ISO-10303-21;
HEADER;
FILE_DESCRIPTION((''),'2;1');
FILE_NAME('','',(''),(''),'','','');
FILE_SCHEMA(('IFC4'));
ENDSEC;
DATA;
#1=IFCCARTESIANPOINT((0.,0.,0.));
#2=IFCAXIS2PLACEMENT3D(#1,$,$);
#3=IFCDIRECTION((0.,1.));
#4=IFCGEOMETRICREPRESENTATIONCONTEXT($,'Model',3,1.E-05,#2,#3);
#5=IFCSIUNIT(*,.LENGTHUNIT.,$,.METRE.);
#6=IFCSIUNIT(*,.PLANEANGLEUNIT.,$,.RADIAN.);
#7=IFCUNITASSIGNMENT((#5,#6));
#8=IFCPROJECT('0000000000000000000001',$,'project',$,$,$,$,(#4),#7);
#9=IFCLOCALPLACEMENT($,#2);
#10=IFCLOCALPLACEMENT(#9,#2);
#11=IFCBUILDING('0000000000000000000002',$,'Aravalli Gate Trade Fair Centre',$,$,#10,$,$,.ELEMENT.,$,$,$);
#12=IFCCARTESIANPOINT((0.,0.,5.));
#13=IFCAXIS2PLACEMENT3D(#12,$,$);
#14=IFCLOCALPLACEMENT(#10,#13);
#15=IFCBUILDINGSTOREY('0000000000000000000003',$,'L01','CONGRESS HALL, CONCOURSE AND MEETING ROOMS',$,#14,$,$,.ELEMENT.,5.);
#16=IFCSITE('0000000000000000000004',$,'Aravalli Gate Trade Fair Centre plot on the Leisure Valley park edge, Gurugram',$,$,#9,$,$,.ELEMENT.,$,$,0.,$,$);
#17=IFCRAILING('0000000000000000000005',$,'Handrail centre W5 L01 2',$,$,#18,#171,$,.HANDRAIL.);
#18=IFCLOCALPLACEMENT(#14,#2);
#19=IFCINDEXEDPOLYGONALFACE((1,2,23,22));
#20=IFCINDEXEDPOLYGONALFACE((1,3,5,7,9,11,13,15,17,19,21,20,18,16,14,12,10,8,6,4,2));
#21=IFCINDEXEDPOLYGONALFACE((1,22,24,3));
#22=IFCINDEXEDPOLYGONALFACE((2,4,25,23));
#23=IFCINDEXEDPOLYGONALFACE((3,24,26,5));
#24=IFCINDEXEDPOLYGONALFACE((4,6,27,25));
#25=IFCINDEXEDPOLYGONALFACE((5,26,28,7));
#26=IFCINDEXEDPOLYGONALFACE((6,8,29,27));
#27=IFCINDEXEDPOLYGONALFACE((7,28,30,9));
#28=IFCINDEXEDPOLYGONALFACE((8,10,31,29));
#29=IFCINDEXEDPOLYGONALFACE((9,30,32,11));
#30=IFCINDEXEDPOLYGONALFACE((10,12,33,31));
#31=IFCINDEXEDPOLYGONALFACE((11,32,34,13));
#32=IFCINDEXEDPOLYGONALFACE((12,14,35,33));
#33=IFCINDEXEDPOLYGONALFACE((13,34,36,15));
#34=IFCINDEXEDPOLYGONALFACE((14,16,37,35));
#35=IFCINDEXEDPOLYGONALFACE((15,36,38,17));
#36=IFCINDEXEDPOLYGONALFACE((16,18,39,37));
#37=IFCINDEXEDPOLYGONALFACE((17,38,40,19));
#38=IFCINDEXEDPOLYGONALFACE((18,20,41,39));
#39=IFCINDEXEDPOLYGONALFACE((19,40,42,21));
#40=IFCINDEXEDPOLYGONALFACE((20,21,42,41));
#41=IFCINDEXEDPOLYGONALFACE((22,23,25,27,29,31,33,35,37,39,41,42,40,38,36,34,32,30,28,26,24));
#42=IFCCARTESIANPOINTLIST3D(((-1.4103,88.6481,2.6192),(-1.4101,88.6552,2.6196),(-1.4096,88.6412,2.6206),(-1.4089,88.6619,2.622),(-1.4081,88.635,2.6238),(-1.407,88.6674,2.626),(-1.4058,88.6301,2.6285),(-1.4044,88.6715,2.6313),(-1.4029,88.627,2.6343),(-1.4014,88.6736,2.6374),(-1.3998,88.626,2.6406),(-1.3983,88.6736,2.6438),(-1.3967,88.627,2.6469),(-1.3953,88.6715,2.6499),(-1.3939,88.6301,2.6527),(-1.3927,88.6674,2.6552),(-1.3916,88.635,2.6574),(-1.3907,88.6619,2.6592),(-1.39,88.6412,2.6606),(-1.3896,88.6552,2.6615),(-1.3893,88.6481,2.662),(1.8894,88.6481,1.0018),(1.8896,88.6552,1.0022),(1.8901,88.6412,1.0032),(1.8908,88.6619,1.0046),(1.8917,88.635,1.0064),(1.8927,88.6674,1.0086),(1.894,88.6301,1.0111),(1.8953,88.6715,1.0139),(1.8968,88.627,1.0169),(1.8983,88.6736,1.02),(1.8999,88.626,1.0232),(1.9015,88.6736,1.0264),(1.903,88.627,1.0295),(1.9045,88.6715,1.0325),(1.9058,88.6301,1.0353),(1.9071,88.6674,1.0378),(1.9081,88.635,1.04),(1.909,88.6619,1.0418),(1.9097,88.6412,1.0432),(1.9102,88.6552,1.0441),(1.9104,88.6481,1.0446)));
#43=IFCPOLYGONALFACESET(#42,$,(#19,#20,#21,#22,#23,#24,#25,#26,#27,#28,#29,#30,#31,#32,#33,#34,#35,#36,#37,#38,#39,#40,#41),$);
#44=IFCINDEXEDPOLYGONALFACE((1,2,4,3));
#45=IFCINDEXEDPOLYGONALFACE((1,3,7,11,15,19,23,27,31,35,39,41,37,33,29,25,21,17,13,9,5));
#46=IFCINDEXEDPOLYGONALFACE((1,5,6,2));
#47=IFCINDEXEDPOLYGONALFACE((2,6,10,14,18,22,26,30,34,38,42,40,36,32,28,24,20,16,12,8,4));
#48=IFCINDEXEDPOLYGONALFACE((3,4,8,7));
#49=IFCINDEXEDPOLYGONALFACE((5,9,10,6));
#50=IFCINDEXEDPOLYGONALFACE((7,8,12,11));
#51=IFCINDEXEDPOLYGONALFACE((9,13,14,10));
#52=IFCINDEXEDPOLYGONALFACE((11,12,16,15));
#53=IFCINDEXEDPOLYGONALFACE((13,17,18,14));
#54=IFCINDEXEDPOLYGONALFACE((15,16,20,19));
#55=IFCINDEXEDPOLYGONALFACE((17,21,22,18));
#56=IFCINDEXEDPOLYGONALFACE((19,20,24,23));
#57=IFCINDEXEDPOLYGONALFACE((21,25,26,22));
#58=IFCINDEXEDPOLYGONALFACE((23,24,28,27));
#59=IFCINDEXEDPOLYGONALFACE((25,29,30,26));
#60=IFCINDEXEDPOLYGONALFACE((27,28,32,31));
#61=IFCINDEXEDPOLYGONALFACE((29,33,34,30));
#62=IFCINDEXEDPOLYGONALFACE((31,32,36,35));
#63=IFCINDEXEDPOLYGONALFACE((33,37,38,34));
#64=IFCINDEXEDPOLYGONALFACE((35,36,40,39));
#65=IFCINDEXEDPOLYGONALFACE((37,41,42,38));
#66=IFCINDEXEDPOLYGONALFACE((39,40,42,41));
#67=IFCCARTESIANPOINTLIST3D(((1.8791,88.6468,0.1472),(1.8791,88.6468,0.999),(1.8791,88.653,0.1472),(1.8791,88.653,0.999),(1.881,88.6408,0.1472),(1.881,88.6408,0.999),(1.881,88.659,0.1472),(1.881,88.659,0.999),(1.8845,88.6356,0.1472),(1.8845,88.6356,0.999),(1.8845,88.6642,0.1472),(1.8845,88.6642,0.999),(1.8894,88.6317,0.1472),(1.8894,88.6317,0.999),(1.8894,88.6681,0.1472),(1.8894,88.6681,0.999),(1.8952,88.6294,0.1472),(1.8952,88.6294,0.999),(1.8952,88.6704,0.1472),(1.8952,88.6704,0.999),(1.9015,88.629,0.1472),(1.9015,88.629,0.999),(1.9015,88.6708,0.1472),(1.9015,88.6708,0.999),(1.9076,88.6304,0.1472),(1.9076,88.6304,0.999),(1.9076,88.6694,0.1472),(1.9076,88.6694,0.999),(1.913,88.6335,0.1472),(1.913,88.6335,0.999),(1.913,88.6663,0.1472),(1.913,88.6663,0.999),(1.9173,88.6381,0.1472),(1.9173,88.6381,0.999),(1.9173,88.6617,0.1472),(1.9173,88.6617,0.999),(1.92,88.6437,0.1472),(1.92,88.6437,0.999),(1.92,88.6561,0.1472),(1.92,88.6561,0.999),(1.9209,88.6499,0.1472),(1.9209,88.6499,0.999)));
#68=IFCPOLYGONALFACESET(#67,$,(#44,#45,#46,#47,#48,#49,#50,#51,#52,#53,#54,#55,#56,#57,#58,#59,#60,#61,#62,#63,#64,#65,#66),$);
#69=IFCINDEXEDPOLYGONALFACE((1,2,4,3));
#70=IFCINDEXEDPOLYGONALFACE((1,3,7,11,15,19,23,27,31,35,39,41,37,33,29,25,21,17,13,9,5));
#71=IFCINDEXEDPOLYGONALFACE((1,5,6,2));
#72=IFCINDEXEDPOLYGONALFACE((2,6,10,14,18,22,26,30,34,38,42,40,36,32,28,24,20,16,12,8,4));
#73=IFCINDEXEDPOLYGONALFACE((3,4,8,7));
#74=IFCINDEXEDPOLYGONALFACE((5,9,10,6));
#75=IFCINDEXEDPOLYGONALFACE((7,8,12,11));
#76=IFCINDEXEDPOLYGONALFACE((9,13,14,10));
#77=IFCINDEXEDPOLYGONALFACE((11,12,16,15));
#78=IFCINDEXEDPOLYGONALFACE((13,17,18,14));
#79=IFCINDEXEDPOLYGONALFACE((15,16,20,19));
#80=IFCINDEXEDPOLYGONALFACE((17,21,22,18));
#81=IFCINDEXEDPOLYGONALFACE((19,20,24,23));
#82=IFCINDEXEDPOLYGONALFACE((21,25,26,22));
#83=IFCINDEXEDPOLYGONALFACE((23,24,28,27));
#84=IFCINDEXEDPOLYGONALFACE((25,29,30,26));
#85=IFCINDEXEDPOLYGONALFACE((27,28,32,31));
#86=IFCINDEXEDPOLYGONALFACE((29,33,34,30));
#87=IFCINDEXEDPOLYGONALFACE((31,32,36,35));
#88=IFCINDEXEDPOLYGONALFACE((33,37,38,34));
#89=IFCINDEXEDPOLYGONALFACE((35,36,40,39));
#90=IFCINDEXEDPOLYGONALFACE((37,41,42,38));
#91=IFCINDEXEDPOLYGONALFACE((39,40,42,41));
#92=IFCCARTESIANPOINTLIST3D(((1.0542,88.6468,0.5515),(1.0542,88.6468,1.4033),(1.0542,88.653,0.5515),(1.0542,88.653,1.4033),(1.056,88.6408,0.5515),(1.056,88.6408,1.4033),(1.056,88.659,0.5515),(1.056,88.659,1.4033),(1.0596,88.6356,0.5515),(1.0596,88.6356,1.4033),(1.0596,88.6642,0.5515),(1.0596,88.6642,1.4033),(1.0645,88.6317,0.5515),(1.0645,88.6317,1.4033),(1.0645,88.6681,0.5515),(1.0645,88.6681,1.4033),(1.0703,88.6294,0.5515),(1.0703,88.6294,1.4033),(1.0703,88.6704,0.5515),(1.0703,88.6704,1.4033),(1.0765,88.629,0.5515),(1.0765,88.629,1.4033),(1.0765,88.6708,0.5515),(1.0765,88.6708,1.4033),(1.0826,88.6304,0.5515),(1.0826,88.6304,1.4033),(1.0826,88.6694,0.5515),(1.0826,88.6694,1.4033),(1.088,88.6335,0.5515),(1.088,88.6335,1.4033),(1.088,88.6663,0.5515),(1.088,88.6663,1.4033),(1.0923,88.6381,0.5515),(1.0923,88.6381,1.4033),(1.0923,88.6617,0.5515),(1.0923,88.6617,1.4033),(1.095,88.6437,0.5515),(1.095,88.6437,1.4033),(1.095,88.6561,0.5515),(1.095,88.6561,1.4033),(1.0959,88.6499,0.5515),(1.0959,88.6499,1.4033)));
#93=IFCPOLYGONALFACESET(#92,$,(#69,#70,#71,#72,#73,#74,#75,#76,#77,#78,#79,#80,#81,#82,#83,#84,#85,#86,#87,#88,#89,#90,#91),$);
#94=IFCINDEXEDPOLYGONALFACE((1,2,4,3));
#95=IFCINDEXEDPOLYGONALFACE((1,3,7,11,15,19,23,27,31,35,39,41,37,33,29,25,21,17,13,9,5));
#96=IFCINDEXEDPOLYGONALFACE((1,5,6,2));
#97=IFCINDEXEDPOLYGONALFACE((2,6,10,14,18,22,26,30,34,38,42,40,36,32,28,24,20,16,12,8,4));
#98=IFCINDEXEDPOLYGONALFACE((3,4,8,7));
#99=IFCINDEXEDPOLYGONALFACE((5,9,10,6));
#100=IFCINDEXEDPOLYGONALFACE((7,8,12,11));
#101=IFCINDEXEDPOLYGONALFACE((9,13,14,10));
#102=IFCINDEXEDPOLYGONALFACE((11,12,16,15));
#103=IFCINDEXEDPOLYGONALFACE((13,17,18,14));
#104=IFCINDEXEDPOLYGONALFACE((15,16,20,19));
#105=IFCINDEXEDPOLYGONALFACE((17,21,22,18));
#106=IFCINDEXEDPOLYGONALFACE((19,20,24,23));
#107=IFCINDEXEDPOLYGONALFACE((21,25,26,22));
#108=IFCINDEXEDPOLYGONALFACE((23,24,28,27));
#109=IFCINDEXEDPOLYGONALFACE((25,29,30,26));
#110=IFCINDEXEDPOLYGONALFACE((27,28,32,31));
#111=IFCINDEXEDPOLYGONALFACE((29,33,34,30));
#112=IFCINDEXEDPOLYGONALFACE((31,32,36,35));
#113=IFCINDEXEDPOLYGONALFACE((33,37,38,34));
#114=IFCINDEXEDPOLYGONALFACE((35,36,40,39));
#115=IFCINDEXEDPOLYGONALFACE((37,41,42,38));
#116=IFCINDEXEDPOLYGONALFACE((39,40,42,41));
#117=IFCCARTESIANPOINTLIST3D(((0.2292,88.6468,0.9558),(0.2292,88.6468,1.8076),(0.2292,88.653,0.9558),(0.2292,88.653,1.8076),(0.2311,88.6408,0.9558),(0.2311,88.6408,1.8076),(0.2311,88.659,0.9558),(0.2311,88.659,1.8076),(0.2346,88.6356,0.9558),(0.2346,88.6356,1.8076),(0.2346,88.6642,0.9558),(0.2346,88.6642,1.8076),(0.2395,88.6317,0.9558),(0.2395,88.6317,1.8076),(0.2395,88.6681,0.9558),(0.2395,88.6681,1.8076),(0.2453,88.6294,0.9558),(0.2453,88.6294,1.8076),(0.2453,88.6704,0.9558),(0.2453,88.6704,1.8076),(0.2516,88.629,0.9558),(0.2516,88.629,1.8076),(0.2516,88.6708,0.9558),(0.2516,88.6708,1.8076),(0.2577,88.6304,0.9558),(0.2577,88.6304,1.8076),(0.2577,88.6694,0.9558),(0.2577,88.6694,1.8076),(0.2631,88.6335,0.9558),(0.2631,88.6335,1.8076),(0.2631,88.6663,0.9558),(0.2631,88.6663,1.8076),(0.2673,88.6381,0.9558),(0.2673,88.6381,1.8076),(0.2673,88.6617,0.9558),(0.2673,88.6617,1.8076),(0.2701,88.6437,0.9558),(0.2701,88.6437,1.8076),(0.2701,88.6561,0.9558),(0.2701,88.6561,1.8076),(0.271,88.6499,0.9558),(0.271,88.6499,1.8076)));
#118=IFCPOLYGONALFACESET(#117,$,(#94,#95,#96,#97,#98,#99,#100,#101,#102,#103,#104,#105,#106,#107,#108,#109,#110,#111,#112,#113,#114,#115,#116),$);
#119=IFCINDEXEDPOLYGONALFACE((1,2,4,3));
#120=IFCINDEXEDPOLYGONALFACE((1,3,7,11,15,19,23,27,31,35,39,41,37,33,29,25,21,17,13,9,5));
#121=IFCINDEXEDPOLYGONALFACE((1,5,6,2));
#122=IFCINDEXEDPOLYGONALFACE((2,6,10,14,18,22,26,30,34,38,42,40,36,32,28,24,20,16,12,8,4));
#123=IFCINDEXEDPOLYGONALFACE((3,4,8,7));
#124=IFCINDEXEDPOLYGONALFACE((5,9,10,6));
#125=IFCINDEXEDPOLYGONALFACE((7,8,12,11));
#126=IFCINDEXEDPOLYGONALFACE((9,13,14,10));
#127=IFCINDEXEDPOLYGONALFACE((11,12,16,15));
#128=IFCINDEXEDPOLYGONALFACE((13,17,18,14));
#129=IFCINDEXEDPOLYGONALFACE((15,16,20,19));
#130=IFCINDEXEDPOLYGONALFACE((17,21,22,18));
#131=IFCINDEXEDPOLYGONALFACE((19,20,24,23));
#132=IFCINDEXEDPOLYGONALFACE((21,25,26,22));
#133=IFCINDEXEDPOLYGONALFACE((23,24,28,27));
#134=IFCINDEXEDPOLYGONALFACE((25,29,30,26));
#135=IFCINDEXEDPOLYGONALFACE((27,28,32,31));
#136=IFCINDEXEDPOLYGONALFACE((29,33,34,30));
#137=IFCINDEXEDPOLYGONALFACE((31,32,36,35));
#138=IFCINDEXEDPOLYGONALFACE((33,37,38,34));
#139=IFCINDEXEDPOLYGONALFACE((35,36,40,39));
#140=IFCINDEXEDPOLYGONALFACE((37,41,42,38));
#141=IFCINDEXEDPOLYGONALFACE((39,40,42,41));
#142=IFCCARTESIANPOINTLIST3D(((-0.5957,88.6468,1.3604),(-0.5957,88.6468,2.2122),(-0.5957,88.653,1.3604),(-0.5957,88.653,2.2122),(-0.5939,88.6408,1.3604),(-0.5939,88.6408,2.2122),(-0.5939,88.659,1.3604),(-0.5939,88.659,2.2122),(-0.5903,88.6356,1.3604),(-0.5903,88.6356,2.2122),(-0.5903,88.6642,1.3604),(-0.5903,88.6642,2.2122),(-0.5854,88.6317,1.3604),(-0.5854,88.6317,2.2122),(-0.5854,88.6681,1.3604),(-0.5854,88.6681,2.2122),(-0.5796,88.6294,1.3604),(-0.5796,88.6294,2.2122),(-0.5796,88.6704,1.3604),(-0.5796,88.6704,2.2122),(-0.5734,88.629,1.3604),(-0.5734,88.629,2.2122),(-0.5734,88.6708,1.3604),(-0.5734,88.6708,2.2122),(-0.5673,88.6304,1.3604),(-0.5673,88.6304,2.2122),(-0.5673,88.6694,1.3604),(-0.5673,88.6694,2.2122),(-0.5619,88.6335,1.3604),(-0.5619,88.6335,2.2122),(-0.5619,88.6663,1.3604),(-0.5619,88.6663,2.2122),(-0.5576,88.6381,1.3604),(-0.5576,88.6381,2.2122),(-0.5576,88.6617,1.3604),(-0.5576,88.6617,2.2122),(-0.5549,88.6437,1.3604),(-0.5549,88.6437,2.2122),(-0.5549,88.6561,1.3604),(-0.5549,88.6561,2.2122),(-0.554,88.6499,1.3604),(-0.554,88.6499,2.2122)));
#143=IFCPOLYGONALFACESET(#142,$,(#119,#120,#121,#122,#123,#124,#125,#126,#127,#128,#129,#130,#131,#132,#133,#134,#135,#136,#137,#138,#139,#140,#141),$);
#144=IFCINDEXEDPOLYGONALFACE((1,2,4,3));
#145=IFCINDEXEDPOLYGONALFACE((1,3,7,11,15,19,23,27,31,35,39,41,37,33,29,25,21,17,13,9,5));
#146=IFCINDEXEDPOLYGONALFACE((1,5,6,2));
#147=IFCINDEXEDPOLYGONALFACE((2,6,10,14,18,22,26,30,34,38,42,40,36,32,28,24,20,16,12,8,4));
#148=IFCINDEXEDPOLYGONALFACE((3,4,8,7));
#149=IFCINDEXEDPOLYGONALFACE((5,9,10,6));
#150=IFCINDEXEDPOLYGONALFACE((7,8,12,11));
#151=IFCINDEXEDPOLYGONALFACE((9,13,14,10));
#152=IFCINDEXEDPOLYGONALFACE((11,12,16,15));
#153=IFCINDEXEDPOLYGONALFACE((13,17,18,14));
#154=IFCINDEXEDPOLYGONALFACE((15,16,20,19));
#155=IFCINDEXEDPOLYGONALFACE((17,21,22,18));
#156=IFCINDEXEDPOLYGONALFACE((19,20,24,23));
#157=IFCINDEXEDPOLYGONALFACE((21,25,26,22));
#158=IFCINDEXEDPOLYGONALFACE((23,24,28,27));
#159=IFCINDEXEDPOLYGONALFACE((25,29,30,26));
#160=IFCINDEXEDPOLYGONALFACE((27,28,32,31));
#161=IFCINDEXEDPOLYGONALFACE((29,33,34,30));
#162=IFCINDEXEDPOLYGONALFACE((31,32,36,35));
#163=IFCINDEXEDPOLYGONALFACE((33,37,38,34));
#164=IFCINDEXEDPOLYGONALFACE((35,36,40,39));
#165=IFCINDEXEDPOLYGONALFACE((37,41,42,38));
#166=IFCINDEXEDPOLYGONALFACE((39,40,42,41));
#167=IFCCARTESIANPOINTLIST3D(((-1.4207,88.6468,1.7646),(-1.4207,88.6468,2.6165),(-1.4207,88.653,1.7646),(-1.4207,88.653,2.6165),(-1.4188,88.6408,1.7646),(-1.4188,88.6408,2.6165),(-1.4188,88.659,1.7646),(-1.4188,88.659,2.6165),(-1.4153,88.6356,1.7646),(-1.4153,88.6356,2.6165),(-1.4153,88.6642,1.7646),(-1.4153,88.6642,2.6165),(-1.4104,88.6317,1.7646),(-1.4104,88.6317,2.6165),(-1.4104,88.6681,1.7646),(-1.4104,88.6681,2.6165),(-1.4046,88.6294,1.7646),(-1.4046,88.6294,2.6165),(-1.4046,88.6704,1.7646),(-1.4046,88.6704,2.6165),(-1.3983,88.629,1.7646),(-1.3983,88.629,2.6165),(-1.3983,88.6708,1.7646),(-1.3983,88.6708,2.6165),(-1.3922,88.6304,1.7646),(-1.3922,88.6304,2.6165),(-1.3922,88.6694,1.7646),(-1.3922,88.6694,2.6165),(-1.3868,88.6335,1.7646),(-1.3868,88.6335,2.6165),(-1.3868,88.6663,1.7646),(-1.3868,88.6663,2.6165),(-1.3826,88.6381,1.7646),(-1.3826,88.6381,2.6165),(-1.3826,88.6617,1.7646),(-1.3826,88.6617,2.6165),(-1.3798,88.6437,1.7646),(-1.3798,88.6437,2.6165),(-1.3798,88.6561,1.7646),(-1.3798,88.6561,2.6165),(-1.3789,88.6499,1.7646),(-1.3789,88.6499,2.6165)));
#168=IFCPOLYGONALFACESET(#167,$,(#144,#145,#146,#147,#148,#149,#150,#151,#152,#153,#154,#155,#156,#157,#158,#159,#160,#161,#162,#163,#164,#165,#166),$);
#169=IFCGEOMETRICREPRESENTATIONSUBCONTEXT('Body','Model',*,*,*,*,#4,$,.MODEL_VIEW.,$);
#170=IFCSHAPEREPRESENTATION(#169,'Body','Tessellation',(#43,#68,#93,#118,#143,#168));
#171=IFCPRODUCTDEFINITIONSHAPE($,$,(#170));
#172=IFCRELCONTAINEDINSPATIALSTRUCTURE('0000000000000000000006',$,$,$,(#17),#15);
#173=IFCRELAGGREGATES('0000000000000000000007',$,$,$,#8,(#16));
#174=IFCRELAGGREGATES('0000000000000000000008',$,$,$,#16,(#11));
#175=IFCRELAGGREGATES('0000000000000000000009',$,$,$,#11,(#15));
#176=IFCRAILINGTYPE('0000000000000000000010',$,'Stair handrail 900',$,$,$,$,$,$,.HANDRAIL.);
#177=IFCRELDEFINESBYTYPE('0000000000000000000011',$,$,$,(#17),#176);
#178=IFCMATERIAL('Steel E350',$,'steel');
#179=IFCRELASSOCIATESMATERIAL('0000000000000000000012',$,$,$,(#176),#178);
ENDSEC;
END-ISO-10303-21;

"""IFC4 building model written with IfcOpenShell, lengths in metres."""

from ifc_helpers import new_model, si_unit, direction, frame, origin, origin_2d, place, context, subcontext, project, spatial, circle, extrude, material, type_object, element, save


model = new_model("IFC4")

# Units and contexts
model_context = context("Model", 3, precision=1e-05, world=origin(), true_north=direction((0.0, 1.0)))
body_context = subcontext(model_context, "Body", "Model", "MODEL_VIEW")
ifc_project = project(units=[si_unit("LENGTHUNIT", "METRE"), si_unit("PLANEANGLEUNIT", "RADIAN")], contexts=[model_context])

# Site, building, storey
site_placement = place(None, origin())
site = spatial("IfcSite", under=ifc_project, at=site_placement, Name="Aravalli Gate Trade Fair Centre plot on the Leisure Valley park edge, Gurugram", CompositionType="ELEMENT", RefElevation=0.0)
building_placement = place(site_placement, origin())
building = spatial("IfcBuilding", under=site, at=building_placement, Name="Aravalli Gate Trade Fair Centre", CompositionType="ELEMENT")
storey_placement = place(building_placement, frame((0.0, 0.0, 5.0)))
storey = spatial("IfcBuildingStorey", under=building, at=storey_placement, Name="L01", Description="CONGRESS HALL, CONCOURSE AND MEETING ROOMS", CompositionType="ELEMENT", Elevation=5.0)

# Railing
ifc_material_1 = material(Name="Steel E350", Category="steel")
railing_type = type_object("IfcRailingType", Name="Stair handrail 900", PredefinedType="HANDRAIL", material=ifc_material_1)
for number, where, name in (
    (1, (1.8999, 88.6499, 0.1472), "Handrail centre W5 L01 2"),
):
    element("IfcRailing", number, at=place(storey_placement, frame(where)), inside=storey, type_object=railing_type, Name=name, PredefinedType="HANDRAIL", context=body_context, shape_type="SweptSolid", body=[
        extrude(circle(Radius=0.0239, at=origin_2d()), frame((0.0, 0.0, 0.876), z_axis=(-0.897934, 0.0, 0.440131), x_axis=(0.0, -1.0, 0.0)), (0.0, 0.0, 1.0), 3.6748),
        extrude(circle(Radius=0.021, at=origin_2d()), origin(), (0.0, 0.0, 1.0), 0.8518),
        extrude(circle(Radius=0.021, at=origin_2d()), frame((-0.825, 0.0, 0.4043)), (0.0, 0.0, 1.0), 0.8518),
        extrude(circle(Radius=0.021, at=origin_2d()), frame((-1.6499, 0.0, 0.8086)), (0.0, 0.0, 1.0), 0.8518),
        extrude(circle(Radius=0.021, at=origin_2d()), frame((-2.4749, 0.0, 1.2131)), (0.0, 0.0, 1.0), 0.8518),
        extrude(circle(Radius=0.021, at=origin_2d()), frame((-3.2998, 0.0, 1.6174)), (0.0, 0.0, 1.0), 0.8518),
    ])

save(model, "model.ifc")
